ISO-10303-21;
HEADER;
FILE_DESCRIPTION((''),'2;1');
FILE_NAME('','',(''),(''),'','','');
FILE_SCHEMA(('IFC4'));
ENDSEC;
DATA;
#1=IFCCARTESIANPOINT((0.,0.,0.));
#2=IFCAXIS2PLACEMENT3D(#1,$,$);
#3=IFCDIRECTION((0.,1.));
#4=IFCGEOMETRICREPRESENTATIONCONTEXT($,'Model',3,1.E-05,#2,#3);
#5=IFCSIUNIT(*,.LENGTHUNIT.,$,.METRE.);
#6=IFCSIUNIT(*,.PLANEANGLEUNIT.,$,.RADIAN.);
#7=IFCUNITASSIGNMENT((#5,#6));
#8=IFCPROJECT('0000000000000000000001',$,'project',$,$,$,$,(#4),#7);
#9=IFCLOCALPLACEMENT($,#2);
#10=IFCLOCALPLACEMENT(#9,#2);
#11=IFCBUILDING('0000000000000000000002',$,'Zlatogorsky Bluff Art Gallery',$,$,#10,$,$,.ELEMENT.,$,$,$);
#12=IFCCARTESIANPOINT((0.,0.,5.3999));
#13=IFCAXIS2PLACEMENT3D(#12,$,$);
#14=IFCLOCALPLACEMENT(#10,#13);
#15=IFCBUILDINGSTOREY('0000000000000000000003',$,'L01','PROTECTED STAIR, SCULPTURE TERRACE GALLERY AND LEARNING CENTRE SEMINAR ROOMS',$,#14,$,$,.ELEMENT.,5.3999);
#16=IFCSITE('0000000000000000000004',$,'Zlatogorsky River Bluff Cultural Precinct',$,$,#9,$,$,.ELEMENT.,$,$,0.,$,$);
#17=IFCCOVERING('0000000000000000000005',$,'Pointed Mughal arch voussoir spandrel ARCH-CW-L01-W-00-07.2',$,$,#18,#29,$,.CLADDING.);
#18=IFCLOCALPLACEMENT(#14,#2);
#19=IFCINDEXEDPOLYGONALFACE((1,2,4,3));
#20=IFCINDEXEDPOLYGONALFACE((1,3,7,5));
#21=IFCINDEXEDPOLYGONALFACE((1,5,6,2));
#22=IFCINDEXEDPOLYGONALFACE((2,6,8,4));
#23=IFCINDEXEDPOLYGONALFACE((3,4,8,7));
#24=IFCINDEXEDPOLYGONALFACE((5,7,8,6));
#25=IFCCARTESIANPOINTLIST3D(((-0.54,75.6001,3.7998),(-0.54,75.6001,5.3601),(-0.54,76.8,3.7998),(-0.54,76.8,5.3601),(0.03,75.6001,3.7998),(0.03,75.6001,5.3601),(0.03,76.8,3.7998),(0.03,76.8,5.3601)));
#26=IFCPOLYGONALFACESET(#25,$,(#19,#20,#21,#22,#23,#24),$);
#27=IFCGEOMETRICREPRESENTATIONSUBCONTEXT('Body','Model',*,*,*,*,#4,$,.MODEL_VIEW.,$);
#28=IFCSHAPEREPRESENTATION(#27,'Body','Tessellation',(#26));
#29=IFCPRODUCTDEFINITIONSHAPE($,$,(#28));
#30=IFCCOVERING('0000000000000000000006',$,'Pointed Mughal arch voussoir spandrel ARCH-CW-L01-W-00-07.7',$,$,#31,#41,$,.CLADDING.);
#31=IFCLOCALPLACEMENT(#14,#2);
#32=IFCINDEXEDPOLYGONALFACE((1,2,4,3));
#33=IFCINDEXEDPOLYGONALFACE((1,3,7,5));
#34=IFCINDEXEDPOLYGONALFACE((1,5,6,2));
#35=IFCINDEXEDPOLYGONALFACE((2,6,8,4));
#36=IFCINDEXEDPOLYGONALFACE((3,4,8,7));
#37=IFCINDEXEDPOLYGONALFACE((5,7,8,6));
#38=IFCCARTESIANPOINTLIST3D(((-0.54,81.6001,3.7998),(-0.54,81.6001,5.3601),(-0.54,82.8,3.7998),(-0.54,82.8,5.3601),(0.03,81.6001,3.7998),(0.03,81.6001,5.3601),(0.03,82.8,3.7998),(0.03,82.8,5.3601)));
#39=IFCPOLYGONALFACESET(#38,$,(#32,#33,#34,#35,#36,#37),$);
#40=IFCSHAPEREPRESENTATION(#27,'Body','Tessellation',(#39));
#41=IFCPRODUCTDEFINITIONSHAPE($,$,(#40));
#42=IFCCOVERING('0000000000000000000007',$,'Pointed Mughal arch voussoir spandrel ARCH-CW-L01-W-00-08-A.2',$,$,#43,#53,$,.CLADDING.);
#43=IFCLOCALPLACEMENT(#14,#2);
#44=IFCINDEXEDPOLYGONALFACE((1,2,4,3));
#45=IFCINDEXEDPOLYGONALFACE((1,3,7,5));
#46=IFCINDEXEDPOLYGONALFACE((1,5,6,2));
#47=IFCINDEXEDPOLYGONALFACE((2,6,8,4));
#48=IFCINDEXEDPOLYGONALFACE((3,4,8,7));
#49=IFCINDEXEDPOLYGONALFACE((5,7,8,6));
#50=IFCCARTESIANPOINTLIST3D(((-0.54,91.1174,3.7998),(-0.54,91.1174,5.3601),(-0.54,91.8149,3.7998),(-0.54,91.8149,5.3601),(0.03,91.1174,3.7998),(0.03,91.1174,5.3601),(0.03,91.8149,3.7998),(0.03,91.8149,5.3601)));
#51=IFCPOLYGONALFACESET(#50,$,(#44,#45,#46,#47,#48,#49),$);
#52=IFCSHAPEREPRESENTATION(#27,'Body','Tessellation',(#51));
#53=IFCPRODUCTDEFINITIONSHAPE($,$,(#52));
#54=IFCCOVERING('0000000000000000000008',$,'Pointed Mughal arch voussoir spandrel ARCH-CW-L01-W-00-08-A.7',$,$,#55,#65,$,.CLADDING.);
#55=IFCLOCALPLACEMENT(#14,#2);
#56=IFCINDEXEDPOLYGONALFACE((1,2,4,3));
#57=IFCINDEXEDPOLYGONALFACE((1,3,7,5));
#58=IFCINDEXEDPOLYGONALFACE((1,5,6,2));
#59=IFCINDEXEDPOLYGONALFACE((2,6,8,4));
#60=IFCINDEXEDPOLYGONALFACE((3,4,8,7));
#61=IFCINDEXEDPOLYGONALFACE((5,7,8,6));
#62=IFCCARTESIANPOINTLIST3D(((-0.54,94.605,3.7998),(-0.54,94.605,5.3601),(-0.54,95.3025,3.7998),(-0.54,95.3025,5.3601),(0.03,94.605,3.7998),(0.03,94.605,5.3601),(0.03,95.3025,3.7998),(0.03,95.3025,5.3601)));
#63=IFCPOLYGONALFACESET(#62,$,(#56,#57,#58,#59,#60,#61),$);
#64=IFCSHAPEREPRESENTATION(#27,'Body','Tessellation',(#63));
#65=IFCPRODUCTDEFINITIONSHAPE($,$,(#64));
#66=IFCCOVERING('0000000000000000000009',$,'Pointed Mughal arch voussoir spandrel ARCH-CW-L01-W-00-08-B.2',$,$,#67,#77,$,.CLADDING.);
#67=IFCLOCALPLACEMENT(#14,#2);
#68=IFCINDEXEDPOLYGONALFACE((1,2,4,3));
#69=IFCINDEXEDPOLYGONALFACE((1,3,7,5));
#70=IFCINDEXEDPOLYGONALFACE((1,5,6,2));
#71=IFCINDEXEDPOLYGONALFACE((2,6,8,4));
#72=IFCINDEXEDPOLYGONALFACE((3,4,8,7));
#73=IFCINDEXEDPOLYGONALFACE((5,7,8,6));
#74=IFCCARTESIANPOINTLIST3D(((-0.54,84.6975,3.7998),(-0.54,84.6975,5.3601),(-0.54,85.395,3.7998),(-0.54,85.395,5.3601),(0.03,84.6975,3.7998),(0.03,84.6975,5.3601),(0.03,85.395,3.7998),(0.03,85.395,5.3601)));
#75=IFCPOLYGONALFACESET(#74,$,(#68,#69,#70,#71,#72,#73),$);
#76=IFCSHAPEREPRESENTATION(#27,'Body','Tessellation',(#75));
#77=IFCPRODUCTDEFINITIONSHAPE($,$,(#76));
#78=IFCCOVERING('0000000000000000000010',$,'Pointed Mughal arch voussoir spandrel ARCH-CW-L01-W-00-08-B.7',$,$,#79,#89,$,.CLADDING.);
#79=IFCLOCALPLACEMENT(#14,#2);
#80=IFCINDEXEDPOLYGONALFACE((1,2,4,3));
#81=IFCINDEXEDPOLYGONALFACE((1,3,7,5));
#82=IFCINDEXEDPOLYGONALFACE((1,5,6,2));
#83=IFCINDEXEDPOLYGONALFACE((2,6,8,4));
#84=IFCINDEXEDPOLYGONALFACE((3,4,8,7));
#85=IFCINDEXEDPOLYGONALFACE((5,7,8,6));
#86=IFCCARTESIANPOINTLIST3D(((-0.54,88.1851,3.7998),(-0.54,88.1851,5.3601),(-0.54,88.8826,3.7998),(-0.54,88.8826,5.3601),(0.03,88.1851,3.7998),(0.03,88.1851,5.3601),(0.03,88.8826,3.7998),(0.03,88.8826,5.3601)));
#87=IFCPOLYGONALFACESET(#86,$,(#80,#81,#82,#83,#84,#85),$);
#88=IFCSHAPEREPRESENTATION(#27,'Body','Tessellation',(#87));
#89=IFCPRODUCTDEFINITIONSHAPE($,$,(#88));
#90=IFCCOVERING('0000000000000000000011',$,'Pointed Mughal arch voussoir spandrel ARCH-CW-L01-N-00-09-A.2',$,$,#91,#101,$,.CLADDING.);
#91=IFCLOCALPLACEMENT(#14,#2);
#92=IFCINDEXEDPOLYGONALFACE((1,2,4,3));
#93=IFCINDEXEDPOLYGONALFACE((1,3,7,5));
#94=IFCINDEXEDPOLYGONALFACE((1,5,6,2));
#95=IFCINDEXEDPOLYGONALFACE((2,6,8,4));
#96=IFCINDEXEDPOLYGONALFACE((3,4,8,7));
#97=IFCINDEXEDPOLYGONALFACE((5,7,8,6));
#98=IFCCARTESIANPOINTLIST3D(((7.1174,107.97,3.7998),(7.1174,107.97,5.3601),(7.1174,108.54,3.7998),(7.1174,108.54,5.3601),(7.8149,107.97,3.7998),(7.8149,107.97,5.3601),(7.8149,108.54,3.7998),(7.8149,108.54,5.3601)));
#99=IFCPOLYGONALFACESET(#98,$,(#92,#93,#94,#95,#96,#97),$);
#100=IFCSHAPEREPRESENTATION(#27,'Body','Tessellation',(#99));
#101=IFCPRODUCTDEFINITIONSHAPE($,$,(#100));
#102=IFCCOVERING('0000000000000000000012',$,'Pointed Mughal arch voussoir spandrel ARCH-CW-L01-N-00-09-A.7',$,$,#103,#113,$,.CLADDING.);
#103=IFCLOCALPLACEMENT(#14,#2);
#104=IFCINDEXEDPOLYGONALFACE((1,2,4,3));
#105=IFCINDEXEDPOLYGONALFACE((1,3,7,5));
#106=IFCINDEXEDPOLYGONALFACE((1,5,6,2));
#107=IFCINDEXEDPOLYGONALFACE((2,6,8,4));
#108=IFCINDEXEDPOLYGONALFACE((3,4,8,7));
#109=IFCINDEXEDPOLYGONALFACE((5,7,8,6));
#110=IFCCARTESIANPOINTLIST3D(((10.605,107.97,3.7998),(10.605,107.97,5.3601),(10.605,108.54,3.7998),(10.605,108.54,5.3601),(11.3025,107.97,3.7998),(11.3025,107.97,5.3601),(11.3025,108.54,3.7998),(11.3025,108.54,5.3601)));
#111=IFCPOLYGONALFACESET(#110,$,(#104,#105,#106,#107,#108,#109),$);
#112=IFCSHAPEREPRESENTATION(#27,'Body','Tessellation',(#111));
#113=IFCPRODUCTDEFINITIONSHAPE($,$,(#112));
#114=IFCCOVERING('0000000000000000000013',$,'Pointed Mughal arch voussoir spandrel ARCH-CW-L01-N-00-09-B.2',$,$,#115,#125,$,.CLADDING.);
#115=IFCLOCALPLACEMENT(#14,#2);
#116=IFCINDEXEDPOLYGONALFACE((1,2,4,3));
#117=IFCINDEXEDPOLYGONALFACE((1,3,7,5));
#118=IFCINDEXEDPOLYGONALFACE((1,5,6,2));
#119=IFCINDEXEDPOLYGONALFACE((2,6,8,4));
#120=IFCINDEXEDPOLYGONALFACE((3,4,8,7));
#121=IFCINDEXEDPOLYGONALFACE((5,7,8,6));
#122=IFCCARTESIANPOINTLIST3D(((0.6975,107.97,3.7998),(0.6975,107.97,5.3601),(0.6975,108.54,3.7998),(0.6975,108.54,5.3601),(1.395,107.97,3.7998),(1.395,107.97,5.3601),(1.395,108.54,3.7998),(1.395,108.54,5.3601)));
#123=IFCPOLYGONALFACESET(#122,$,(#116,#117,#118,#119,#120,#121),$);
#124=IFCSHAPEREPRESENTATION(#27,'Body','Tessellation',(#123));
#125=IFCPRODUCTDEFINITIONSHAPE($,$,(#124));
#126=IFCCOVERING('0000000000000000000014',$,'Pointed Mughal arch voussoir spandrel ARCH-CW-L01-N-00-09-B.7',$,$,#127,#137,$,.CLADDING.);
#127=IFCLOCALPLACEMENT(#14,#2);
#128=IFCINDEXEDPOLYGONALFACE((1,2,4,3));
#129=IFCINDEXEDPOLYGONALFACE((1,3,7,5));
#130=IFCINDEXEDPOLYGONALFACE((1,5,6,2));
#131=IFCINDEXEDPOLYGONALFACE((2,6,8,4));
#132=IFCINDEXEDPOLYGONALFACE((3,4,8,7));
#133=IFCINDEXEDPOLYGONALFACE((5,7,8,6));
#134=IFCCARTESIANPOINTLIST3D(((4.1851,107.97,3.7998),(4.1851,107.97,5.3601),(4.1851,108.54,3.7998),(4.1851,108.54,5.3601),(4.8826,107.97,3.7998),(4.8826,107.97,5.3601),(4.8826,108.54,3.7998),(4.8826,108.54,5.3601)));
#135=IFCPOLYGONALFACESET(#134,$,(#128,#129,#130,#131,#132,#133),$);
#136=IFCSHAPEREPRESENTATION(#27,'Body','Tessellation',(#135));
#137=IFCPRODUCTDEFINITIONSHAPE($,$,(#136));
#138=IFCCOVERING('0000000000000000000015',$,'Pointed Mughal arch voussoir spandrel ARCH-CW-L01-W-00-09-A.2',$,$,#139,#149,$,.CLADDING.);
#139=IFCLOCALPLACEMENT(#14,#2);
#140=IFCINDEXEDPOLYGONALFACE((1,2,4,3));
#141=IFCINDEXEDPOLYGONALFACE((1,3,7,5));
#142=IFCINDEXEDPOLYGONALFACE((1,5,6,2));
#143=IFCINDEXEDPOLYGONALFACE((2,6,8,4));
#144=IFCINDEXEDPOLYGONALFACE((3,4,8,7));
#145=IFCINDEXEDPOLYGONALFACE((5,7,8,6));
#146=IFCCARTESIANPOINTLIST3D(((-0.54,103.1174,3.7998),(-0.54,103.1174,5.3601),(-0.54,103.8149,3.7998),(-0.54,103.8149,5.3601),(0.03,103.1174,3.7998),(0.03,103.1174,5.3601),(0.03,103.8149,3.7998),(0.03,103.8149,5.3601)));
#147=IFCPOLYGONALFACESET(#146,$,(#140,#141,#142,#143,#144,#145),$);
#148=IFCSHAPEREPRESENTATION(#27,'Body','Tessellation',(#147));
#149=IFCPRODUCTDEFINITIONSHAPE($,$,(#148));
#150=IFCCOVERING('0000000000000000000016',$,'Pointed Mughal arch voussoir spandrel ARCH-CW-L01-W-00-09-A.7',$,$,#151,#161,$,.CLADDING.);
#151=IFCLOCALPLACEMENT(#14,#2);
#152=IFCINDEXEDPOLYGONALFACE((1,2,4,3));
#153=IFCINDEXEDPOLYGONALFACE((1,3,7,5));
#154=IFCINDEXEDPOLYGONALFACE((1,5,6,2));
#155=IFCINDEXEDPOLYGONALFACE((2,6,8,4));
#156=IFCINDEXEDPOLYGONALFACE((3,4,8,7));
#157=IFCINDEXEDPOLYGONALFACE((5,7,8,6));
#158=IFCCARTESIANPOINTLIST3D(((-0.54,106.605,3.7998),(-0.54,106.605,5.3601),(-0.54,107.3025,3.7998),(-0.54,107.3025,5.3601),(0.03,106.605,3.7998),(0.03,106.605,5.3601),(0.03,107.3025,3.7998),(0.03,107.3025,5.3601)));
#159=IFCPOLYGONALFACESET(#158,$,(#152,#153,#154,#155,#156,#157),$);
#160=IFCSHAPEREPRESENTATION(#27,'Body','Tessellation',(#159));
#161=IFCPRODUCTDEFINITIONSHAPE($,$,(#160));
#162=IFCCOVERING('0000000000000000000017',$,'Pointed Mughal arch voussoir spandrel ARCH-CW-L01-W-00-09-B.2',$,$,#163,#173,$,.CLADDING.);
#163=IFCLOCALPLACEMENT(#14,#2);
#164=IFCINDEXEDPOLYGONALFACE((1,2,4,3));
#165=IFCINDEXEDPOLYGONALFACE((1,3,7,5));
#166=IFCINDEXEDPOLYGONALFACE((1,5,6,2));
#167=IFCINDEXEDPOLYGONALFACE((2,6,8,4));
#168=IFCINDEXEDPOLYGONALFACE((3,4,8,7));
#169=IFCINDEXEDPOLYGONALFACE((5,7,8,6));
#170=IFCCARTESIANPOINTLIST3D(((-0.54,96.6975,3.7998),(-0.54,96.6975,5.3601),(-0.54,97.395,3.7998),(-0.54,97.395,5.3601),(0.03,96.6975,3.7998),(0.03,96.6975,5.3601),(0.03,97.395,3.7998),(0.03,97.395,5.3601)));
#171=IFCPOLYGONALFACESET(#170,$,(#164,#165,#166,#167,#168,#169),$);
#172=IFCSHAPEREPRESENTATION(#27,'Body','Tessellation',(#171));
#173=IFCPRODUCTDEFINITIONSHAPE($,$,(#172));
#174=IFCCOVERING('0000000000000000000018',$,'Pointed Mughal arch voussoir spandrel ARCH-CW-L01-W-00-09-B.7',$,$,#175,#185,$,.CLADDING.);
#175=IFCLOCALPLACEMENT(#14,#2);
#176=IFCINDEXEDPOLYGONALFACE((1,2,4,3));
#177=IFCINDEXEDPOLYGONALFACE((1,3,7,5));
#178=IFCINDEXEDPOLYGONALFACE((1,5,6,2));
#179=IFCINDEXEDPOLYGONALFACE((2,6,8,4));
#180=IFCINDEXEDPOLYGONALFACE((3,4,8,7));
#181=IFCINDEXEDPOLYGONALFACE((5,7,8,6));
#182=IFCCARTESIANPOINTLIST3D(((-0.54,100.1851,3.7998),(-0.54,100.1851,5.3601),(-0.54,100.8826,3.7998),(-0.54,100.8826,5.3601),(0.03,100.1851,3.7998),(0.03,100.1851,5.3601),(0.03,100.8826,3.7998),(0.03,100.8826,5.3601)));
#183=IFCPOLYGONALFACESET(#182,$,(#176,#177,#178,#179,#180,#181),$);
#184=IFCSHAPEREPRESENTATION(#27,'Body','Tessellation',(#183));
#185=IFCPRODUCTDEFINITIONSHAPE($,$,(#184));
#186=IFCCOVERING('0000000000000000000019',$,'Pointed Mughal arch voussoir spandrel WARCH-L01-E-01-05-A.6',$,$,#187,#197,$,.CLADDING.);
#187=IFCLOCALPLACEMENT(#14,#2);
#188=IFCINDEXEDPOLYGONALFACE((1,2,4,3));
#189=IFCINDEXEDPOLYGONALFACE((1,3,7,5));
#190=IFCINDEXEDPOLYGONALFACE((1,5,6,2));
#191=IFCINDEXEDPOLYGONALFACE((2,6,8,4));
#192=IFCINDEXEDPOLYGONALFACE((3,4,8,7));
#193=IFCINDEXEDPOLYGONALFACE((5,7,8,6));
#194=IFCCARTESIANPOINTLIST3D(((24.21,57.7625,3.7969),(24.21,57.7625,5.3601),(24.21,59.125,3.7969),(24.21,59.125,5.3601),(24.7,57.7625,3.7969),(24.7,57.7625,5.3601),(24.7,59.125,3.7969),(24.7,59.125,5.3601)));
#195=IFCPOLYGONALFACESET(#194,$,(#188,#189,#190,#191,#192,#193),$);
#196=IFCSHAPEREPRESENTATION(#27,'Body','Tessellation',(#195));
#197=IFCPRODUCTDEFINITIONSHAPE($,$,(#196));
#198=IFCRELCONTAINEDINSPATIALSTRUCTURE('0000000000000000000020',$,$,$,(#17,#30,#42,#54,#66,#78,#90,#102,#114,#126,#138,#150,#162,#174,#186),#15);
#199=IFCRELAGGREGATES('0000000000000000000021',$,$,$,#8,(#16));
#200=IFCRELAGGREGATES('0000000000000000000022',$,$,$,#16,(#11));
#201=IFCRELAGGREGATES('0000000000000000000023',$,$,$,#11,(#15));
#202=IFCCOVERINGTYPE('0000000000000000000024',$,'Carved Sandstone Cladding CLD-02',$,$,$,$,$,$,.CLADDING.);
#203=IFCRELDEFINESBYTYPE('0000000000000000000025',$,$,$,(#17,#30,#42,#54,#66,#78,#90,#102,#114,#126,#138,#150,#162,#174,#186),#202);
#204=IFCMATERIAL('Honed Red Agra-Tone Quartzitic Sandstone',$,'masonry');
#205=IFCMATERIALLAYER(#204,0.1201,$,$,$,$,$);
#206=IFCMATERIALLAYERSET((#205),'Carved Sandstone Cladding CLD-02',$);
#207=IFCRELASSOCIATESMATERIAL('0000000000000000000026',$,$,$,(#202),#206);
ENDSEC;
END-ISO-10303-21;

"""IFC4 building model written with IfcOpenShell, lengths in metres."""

from ifc_helpers import new_model, si_unit, direction, frame, origin, place, context, subcontext, project, spatial, polyline, outline, extrude, material, layer, layer_set, type_object, element, save


model = new_model("IFC4")

# Units and contexts
model_context = context("Model", 3, precision=1e-05, world=origin(), true_north=direction((0.0, 1.0)))
body_context = subcontext(model_context, "Body", "Model", "MODEL_VIEW")
ifc_project = project(units=[si_unit("LENGTHUNIT", "METRE"), si_unit("PLANEANGLEUNIT", "RADIAN")], contexts=[model_context])

# Site, building, storey
site_placement = place(None, origin())
site = spatial("IfcSite", under=ifc_project, at=site_placement, Name="Zlatogorsky River Bluff Cultural Precinct", CompositionType="ELEMENT", RefElevation=0.0)
building_placement = place(site_placement, origin())
building = spatial("IfcBuilding", under=site, at=building_placement, Name="Zlatogorsky Bluff Art Gallery", CompositionType="ELEMENT")
storey_placement = place(building_placement, frame((0.0, 0.0, 5.3999)))
storey = spatial("IfcBuildingStorey", under=building, at=storey_placement, Name="L01", Description="PROTECTED STAIR, SCULPTURE TERRACE GALLERY AND LEARNING CENTRE SEMINAR ROOMS", CompositionType="ELEMENT", Elevation=5.3999)

# Coverings
ifc_material = material(Name="Honed Red Agra-Tone Quartzitic Sandstone", Category="masonry")
ifc_layer = layer(ifc_material, 0.1201)
ifc_layer_set = layer_set([ifc_layer], Name="Carved Sandstone Cladding CLD-02")
covering_type = type_object("IfcCoveringType", Name="Carved Sandstone Cladding CLD-02", PredefinedType="CLADDING", material=ifc_layer_set)
covering_1_placement = place(storey_placement, frame((0.0, 0.0, 3.7998)))
element("IfcCovering", 1, at=covering_1_placement, inside=storey, type_object=covering_type, Name="Pointed Mughal arch voussoir spandrel ARCH-CW-L01-W-00-07.2", PredefinedType="CLADDING", context=body_context, shape_type="SweptSolid", body=[
    extrude(outline(polyline([(-0.54, 75.6001), (-0.54, 76.8), (0.03, 76.8), (0.03, 75.6001), (-0.54, 75.6001)])), origin(), (0.0, 0.0, 1.0), 1.5603),
])
covering_2_placement = place(storey_placement, frame((0.0, 0.0, 3.7998)))
element("IfcCovering", 2, at=covering_2_placement, inside=storey, type_object=covering_type, Name="Pointed Mughal arch voussoir spandrel ARCH-CW-L01-W-00-07.7", PredefinedType="CLADDING", context=body_context, shape_type="SweptSolid", body=[
    extrude(outline(polyline([(-0.54, 81.6001), (-0.54, 82.8), (0.03, 82.8), (0.03, 81.6001), (-0.54, 81.6001)])), origin(), (0.0, 0.0, 1.0), 1.5603),
])
covering_3_placement = place(storey_placement, frame((0.0, 0.0, 3.7998)))
element("IfcCovering", 3, at=covering_3_placement, inside=storey, type_object=covering_type, Name="Pointed Mughal arch voussoir spandrel ARCH-CW-L01-W-00-08-A.2", PredefinedType="CLADDING", context=body_context, shape_type="SweptSolid", body=[
    extrude(outline(polyline([(-0.54, 91.1174), (-0.54, 91.8149), (0.03, 91.8149), (0.03, 91.1174), (-0.54, 91.1174)])), origin(), (0.0, 0.0, 1.0), 1.5603),
])
covering_4_placement = place(storey_placement, frame((0.0, 0.0, 3.7998)))
element("IfcCovering", 4, at=covering_4_placement, inside=storey, type_object=covering_type, Name="Pointed Mughal arch voussoir spandrel ARCH-CW-L01-W-00-08-A.7", PredefinedType="CLADDING", context=body_context, shape_type="SweptSolid", body=[
    extrude(outline(polyline([(-0.54, 94.605), (-0.54, 95.3025), (0.03, 95.3025), (0.03, 94.605), (-0.54, 94.605)])), origin(), (0.0, 0.0, 1.0), 1.5603),
])
covering_5_placement = place(storey_placement, frame((0.0, 0.0, 3.7998)))
element("IfcCovering", 5, at=covering_5_placement, inside=storey, type_object=covering_type, Name="Pointed Mughal arch voussoir spandrel ARCH-CW-L01-W-00-08-B.2", PredefinedType="CLADDING", context=body_context, shape_type="SweptSolid", body=[
    extrude(outline(polyline([(-0.54, 84.6975), (-0.54, 85.395), (0.03, 85.395), (0.03, 84.6975), (-0.54, 84.6975)])), origin(), (0.0, 0.0, 1.0), 1.5603),
])
covering_6_placement = place(storey_placement, frame((0.0, 0.0, 3.7998)))
element("IfcCovering", 6, at=covering_6_placement, inside=storey, type_object=covering_type, Name="Pointed Mughal arch voussoir spandrel ARCH-CW-L01-W-00-08-B.7", PredefinedType="CLADDING", context=body_context, shape_type="SweptSolid", body=[
    extrude(outline(polyline([(-0.54, 88.1851), (-0.54, 88.8826), (0.03, 88.8826), (0.03, 88.1851), (-0.54, 88.1851)])), origin(), (0.0, 0.0, 1.0), 1.5603),
])
covering_7_placement = place(storey_placement, frame((0.0, 0.0, 3.7998)))
element("IfcCovering", 7, at=covering_7_placement, inside=storey, type_object=covering_type, Name="Pointed Mughal arch voussoir spandrel ARCH-CW-L01-N-00-09-A.2", PredefinedType="CLADDING", context=body_context, shape_type="SweptSolid", body=[
    extrude(outline(polyline([(7.1174, 107.97), (7.8149, 107.97), (7.8149, 108.54), (7.1174, 108.54), (7.1174, 107.97)])), origin(), (0.0, 0.0, 1.0), 1.5603),
])
covering_8_placement = place(storey_placement, frame((0.0, 0.0, 3.7998)))
element("IfcCovering", 8, at=covering_8_placement, inside=storey, type_object=covering_type, Name="Pointed Mughal arch voussoir spandrel ARCH-CW-L01-N-00-09-A.7", PredefinedType="CLADDING", context=body_context, shape_type="SweptSolid", body=[
    extrude(outline(polyline([(10.605, 107.97), (11.3025, 107.97), (11.3025, 108.54), (10.605, 108.54), (10.605, 107.97)])), origin(), (0.0, 0.0, 1.0), 1.5603),
])
covering_9_placement = place(storey_placement, frame((0.0, 0.0, 3.7998)))
element("IfcCovering", 9, at=covering_9_placement, inside=storey, type_object=covering_type, Name="Pointed Mughal arch voussoir spandrel ARCH-CW-L01-N-00-09-B.2", PredefinedType="CLADDING", context=body_context, shape_type="SweptSolid", body=[
    extrude(outline(polyline([(0.6975, 107.97), (1.395, 107.97), (1.395, 108.54), (0.6975, 108.54), (0.6975, 107.97)])), origin(), (0.0, 0.0, 1.0), 1.5603),
])
covering_10_placement = place(storey_placement, frame((0.0, 0.0, 3.7998)))
element("IfcCovering", 10, at=covering_10_placement, inside=storey, type_object=covering_type, Name="Pointed Mughal arch voussoir spandrel ARCH-CW-L01-N-00-09-B.7", PredefinedType="CLADDING", context=body_context, shape_type="SweptSolid", body=[
    extrude(outline(polyline([(4.1851, 107.97), (4.8826, 107.97), (4.8826, 108.54), (4.1851, 108.54), (4.1851, 107.97)])), origin(), (0.0, 0.0, 1.0), 1.5603),
])
covering_11_placement = place(storey_placement, frame((0.0, 0.0, 3.7998)))
element("IfcCovering", 11, at=covering_11_placement, inside=storey, type_object=covering_type, Name="Pointed Mughal arch voussoir spandrel ARCH-CW-L01-W-00-09-A.2", PredefinedType="CLADDING", context=body_context, shape_type="SweptSolid", body=[
    extrude(outline(polyline([(-0.54, 103.1174), (-0.54, 103.8149), (0.03, 103.8149), (0.03, 103.1174), (-0.54, 103.1174)])), origin(), (0.0, 0.0, 1.0), 1.5603),
])
covering_12_placement = place(storey_placement, frame((0.0, 0.0, 3.7998)))
element("IfcCovering", 12, at=covering_12_placement, inside=storey, type_object=covering_type, Name="Pointed Mughal arch voussoir spandrel ARCH-CW-L01-W-00-09-A.7", PredefinedType="CLADDING", context=body_context, shape_type="SweptSolid", body=[
    extrude(outline(polyline([(-0.54, 106.605), (-0.54, 107.3025), (0.03, 107.3025), (0.03, 106.605), (-0.54, 106.605)])), origin(), (0.0, 0.0, 1.0), 1.5603),
])
covering_13_placement = place(storey_placement, frame((0.0, 0.0, 3.7998)))
element("IfcCovering", 13, at=covering_13_placement, inside=storey, type_object=covering_type, Name="Pointed Mughal arch voussoir spandrel ARCH-CW-L01-W-00-09-B.2", PredefinedType="CLADDING", context=body_context, shape_type="SweptSolid", body=[
    extrude(outline(polyline([(-0.54, 96.6975), (-0.54, 97.395), (0.03, 97.395), (0.03, 96.6975), (-0.54, 96.6975)])), origin(), (0.0, 0.0, 1.0), 1.5603),
])
covering_14_placement = place(storey_placement, frame((0.0, 0.0, 3.7998)))
element("IfcCovering", 14, at=covering_14_placement, inside=storey, type_object=covering_type, Name="Pointed Mughal arch voussoir spandrel ARCH-CW-L01-W-00-09-B.7", PredefinedType="CLADDING", context=body_context, shape_type="SweptSolid", body=[
    extrude(outline(polyline([(-0.54, 100.1851), (-0.54, 100.8826), (0.03, 100.8826), (0.03, 100.1851), (-0.54, 100.1851)])), origin(), (0.0, 0.0, 1.0), 1.5603),
])
covering_15_placement = place(storey_placement, frame((0.0, 0.0, 3.7969)))
element("IfcCovering", 15, at=covering_15_placement, inside=storey, type_object=covering_type, Name="Pointed Mughal arch voussoir spandrel WARCH-L01-E-01-05-A.6", PredefinedType="CLADDING", context=body_context, shape_type="SweptSolid", body=[
    extrude(outline(polyline([(24.21, 57.7625), (24.21, 59.125), (24.7, 59.125), (24.7, 57.7625), (24.21, 57.7625)])), origin(), (0.0, 0.0, 1.0), 1.5632),
])

save(model, "model.ifc")
